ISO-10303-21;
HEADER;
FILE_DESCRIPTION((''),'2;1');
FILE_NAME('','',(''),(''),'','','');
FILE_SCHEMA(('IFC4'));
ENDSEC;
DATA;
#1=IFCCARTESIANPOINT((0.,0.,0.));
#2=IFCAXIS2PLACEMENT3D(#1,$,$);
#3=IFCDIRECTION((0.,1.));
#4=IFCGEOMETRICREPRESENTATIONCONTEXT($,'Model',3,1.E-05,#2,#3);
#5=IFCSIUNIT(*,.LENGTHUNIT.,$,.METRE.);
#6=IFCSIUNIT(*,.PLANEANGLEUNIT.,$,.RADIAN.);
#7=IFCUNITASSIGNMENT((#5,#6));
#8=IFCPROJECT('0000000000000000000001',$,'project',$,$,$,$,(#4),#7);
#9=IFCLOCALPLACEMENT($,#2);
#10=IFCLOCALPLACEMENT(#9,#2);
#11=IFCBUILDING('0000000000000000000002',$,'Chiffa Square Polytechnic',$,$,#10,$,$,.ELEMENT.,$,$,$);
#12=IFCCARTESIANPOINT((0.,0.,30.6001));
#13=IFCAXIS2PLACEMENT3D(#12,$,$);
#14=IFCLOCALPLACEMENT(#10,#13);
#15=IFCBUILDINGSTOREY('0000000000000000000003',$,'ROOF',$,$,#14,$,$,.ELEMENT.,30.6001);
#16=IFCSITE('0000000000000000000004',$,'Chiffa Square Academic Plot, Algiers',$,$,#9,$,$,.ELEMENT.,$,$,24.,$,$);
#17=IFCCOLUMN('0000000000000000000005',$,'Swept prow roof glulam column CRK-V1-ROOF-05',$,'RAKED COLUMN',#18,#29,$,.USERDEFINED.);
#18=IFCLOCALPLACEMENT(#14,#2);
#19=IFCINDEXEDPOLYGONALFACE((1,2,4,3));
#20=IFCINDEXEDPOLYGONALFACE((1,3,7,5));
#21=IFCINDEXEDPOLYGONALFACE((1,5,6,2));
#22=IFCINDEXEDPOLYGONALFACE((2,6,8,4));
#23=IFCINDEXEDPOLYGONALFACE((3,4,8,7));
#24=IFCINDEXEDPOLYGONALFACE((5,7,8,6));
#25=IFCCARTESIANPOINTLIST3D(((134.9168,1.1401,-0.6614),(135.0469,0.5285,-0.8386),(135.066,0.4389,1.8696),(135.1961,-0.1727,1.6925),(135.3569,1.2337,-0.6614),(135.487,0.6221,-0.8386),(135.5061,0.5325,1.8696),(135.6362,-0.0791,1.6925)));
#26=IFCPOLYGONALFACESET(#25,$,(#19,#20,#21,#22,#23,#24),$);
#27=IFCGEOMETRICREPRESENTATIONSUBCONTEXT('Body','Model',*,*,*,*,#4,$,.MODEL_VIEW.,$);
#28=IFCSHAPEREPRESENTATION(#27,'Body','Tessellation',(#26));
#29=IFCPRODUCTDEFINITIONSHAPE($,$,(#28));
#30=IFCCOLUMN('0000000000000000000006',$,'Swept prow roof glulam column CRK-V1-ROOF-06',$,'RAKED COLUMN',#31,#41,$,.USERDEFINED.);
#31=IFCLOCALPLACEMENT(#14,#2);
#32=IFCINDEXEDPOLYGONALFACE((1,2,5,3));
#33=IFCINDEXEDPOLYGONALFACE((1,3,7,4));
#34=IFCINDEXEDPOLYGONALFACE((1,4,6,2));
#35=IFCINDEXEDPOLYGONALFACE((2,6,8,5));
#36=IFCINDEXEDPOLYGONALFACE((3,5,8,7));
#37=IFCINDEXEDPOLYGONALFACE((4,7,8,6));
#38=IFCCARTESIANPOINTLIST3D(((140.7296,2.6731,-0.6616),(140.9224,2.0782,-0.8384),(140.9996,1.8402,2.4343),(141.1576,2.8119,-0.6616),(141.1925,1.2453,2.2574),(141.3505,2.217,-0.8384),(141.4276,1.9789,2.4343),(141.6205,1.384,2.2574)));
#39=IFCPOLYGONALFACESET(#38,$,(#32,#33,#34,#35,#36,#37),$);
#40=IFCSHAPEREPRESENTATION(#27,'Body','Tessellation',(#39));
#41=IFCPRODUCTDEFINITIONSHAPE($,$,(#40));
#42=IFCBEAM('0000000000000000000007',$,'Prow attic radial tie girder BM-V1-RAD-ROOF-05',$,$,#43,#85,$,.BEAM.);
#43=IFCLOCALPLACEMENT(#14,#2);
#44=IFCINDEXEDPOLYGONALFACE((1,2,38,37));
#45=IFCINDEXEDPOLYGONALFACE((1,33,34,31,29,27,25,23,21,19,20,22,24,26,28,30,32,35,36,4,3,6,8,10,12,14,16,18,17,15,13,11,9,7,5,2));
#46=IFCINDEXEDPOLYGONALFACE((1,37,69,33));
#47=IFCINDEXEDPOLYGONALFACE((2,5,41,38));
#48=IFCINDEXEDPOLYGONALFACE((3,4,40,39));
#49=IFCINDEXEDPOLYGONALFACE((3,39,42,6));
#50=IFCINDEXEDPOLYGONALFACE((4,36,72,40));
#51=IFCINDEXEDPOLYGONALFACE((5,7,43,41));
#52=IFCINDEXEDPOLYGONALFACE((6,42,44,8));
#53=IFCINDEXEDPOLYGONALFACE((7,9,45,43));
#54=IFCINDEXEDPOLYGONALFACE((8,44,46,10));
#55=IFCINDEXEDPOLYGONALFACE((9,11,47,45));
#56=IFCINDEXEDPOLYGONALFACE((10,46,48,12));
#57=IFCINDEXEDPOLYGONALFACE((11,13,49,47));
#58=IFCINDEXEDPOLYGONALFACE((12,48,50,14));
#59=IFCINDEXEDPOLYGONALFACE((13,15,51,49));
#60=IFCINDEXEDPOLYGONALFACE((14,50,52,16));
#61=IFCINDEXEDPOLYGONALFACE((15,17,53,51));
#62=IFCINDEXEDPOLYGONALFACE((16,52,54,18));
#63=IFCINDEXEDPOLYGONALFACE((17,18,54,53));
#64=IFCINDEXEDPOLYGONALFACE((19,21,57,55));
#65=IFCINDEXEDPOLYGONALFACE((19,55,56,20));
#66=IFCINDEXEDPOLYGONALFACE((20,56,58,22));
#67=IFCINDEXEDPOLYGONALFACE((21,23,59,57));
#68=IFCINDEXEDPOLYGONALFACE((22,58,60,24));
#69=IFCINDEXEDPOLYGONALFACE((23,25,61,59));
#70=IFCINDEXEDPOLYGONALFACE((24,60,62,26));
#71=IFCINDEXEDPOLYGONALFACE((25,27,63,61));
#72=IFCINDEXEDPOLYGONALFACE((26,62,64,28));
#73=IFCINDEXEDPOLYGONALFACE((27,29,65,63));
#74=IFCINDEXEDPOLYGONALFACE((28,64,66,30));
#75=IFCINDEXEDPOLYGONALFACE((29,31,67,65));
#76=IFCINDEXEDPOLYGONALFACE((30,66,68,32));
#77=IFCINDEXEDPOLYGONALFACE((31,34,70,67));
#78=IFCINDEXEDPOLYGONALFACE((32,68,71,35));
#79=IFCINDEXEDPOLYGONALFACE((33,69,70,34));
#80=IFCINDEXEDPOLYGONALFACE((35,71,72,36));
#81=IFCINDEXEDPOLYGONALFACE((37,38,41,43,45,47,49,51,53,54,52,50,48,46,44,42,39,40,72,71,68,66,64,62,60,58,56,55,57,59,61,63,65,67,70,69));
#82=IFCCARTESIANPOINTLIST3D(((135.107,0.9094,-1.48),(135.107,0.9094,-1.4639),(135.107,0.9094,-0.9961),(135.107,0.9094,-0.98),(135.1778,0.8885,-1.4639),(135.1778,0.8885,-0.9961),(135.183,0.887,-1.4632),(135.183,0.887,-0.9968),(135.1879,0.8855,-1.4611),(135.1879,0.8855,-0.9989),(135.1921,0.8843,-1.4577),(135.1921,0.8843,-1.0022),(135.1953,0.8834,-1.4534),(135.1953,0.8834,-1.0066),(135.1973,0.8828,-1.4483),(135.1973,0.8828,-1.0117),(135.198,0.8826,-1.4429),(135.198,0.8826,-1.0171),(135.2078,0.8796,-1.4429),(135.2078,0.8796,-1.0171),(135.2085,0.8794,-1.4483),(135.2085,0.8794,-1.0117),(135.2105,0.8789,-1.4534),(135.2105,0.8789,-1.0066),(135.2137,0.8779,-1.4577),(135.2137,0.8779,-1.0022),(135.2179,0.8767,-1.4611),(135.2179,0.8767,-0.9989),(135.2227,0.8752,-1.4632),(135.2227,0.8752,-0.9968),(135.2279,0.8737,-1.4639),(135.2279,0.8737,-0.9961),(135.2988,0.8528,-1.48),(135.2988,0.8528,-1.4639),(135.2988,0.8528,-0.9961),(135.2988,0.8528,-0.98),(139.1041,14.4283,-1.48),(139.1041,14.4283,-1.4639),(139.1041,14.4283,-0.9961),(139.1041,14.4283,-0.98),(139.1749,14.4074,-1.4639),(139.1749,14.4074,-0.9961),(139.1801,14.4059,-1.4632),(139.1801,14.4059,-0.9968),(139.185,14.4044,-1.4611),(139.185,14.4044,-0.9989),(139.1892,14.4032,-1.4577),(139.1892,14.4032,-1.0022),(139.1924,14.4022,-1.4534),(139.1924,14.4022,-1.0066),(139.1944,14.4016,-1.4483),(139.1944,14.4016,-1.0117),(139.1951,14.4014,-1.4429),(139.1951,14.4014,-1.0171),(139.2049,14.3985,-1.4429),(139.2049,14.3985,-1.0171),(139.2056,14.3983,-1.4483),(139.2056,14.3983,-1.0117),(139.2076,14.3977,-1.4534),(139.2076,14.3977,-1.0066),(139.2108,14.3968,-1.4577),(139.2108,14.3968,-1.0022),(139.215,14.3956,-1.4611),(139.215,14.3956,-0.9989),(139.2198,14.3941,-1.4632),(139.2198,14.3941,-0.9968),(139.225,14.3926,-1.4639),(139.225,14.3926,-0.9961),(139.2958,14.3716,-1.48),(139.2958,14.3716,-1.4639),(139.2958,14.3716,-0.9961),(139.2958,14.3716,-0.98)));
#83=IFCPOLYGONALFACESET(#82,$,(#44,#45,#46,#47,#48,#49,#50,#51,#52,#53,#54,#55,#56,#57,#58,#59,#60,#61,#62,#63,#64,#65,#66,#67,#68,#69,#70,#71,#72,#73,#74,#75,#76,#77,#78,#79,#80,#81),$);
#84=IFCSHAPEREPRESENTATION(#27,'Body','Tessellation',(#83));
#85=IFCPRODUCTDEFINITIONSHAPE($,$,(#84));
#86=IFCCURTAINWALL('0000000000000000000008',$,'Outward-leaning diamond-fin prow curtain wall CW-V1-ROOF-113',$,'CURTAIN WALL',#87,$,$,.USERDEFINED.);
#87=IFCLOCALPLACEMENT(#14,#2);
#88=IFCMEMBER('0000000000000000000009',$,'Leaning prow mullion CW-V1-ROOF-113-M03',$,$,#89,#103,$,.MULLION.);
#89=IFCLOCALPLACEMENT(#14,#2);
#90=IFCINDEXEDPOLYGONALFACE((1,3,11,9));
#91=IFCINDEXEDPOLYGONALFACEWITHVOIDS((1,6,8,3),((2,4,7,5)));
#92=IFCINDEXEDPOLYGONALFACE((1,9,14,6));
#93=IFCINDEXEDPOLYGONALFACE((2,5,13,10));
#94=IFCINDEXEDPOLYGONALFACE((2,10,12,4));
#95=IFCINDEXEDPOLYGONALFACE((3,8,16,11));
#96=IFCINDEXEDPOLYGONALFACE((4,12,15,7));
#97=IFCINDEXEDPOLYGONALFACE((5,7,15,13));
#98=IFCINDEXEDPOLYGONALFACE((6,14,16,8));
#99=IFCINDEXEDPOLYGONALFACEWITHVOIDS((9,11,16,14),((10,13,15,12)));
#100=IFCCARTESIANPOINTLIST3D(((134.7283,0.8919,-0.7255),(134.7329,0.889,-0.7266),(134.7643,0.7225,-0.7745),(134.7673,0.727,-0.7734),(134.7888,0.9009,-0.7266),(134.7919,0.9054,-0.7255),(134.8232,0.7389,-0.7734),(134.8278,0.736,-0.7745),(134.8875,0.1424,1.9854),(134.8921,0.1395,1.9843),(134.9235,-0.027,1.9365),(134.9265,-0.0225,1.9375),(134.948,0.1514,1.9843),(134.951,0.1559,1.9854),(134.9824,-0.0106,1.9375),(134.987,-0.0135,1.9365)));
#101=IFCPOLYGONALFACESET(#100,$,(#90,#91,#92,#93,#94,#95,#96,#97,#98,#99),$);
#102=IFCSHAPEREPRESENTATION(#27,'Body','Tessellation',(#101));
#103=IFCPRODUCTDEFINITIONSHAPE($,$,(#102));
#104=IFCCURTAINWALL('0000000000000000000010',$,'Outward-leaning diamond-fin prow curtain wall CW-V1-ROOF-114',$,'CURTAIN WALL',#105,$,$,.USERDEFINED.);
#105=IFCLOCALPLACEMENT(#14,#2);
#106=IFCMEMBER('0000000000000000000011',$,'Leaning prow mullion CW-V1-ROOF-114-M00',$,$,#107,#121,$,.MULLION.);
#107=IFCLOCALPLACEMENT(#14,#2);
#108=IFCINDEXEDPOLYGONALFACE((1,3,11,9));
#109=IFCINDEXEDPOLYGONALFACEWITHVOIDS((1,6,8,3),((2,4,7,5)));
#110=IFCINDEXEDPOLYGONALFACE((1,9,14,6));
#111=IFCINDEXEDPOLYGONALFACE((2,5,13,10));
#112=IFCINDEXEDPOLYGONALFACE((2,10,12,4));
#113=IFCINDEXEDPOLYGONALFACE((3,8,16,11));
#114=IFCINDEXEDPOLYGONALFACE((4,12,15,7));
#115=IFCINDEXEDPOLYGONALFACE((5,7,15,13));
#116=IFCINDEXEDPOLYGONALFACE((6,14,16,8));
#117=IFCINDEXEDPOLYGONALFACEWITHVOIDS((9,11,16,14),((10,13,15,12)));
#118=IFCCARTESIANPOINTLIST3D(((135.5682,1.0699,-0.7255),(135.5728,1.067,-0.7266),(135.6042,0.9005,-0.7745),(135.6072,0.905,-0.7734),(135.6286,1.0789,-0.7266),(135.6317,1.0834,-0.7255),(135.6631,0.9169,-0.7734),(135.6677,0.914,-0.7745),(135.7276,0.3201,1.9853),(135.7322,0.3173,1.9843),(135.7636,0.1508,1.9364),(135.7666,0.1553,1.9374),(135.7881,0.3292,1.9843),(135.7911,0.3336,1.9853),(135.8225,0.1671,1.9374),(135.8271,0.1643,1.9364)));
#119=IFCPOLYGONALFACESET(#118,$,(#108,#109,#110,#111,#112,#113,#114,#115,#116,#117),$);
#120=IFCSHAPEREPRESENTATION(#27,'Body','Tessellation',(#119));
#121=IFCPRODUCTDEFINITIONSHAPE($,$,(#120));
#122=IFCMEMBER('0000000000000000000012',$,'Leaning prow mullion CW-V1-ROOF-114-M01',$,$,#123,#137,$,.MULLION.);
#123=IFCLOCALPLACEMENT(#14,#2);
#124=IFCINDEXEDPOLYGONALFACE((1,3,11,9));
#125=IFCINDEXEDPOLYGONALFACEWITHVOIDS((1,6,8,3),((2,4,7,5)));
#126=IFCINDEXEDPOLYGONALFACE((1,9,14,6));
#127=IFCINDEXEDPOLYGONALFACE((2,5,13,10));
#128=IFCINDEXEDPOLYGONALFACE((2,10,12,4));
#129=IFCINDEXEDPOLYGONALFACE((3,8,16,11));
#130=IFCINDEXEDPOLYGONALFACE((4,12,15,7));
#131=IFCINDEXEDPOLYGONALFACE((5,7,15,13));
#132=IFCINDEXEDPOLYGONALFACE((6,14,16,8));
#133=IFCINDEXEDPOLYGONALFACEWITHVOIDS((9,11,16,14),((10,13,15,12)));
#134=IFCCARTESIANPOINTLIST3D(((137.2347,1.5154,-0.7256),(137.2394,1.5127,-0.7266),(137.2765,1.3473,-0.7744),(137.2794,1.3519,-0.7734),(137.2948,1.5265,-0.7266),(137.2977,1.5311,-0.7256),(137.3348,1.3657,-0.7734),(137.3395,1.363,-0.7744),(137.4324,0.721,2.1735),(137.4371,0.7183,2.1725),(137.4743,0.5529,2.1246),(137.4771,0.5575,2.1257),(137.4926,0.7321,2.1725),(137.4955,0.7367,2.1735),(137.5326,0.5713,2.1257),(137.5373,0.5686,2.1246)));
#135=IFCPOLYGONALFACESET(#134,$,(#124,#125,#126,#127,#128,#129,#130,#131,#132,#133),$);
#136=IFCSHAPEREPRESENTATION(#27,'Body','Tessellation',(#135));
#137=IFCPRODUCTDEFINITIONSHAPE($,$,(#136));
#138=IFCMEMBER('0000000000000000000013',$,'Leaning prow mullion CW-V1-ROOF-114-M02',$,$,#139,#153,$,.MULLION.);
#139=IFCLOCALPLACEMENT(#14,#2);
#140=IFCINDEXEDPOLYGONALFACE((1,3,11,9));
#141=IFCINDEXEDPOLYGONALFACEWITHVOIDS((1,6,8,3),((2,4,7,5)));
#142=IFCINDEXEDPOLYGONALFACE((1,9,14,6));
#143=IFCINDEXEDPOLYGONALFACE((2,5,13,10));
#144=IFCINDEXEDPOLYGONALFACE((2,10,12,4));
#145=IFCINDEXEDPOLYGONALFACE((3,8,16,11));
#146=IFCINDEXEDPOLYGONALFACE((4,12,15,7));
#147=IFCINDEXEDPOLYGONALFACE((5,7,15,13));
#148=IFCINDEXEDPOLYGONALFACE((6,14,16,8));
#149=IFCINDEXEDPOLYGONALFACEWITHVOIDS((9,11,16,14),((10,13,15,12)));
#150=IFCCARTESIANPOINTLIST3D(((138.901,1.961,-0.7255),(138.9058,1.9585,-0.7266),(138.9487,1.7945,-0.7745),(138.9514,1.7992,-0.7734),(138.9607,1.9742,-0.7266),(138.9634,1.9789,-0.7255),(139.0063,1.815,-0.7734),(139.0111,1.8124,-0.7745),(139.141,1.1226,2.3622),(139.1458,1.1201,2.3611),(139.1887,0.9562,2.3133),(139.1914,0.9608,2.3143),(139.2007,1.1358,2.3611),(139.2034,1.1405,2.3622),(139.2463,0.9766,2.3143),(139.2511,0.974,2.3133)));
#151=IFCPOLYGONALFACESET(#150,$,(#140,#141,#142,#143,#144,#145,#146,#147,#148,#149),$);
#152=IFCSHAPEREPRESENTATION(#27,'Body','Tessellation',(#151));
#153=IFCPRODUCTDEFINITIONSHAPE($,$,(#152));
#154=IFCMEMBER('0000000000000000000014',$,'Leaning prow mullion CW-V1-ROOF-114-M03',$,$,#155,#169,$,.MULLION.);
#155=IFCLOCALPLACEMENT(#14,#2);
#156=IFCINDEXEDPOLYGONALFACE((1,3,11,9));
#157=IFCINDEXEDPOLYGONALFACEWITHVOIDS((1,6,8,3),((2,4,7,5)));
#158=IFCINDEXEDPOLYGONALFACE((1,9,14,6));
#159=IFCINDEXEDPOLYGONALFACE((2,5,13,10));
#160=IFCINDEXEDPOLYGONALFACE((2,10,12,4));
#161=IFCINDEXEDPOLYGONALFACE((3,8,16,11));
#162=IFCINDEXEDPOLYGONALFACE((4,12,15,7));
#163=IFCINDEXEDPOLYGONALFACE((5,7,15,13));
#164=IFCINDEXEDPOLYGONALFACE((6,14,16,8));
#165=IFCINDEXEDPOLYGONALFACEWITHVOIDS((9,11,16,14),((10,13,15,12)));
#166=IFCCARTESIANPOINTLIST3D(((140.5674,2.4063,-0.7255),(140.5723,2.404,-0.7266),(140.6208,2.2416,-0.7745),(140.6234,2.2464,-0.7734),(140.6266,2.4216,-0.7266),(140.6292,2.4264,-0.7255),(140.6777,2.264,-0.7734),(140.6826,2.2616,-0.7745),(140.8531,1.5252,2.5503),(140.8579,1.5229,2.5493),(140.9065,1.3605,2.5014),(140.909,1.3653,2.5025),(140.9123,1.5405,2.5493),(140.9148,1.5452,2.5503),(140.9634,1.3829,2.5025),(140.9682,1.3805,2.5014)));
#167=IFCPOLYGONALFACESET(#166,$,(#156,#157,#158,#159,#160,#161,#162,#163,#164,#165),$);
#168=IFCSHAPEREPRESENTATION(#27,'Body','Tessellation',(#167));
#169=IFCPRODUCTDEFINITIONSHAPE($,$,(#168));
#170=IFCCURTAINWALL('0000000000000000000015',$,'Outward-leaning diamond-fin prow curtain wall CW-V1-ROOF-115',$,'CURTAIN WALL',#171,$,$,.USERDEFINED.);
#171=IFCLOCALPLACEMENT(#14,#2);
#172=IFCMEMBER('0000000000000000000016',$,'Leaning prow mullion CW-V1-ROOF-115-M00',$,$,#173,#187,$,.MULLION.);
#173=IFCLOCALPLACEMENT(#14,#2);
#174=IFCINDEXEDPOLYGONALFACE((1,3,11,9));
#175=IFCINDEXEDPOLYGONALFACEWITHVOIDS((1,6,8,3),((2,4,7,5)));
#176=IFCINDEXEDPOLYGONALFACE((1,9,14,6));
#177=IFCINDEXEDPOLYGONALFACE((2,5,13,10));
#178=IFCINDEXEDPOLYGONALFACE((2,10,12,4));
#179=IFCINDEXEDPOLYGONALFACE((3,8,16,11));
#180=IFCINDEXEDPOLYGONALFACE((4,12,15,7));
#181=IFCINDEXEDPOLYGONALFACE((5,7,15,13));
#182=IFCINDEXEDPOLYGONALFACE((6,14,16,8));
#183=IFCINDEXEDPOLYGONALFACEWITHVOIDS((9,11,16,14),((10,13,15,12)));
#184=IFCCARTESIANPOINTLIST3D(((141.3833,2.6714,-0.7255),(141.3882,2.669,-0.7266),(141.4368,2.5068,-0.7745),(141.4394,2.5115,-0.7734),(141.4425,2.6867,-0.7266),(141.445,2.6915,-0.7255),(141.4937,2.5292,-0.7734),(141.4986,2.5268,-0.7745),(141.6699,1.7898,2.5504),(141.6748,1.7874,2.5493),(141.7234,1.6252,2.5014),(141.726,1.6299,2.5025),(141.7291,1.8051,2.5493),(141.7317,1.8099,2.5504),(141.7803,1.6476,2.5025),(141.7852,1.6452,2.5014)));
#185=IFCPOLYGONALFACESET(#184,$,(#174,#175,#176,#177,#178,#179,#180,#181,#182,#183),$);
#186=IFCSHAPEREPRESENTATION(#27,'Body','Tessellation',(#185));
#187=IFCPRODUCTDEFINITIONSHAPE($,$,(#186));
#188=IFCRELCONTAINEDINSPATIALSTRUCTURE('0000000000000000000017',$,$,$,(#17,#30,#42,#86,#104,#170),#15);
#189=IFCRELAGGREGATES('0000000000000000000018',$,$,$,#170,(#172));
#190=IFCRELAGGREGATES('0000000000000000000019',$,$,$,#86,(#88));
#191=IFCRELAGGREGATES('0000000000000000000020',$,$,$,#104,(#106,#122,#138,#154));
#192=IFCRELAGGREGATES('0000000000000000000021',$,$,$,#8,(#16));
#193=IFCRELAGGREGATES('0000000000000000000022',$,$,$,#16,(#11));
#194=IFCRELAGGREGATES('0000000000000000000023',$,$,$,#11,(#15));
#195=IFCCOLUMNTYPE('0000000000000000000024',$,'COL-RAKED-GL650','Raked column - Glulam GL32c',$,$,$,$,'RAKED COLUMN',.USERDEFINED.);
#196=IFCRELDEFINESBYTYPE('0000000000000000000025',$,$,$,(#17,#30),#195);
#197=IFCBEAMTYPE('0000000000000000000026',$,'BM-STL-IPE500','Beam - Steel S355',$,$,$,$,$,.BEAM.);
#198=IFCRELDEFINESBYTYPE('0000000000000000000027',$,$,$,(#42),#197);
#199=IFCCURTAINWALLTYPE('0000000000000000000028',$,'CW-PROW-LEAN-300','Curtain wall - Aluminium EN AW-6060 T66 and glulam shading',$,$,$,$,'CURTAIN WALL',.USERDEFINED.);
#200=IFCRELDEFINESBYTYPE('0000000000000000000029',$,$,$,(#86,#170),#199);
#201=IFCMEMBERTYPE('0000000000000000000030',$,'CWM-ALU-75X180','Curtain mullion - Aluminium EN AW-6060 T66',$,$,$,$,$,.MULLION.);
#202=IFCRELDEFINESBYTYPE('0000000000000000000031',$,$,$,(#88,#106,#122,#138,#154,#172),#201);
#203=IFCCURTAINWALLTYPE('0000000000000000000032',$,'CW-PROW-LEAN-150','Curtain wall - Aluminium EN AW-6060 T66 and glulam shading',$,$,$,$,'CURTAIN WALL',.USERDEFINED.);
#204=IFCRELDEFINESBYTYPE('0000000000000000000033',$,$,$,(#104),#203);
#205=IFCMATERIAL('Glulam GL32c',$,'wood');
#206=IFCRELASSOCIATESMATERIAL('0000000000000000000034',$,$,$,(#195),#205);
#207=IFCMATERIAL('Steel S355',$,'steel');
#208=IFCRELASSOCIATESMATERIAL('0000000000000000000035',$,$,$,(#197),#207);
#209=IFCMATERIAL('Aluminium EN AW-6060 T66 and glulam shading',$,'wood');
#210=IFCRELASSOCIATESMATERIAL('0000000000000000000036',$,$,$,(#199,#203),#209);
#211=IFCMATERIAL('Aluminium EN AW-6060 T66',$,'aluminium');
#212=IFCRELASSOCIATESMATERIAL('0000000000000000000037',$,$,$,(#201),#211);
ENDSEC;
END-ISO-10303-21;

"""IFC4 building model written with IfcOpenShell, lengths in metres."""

from ifc_helpers import new_model, si_unit, direction, frame, origin, origin_2d, place, context, subcontext, project, spatial, rectangle, hollow_rectangle, i_section, extrude, material, material_profile, profile_set, type_object, element, aggregate, save


model = new_model("IFC4")

# Units and contexts
model_context = context("Model", 3, precision=1e-05, world=origin(), true_north=direction((0.0, 1.0)))
body_context = subcontext(model_context, "Body", "Model", "MODEL_VIEW")
ifc_project = project(units=[si_unit("LENGTHUNIT", "METRE"), si_unit("PLANEANGLEUNIT", "RADIAN")], contexts=[model_context])

# Site, building, storey
site_placement = place(None, origin())
site = spatial("IfcSite", under=ifc_project, at=site_placement, Name="Chiffa Square Academic Plot, Algiers", CompositionType="ELEMENT", RefElevation=24.0)
building_placement = place(site_placement, origin())
building = spatial("IfcBuilding", under=site, at=building_placement, Name="Chiffa Square Polytechnic", CompositionType="ELEMENT")
storey_placement = place(building_placement, frame((0.0, 0.0, 30.6001)))
storey = spatial("IfcBuildingStorey", under=building, at=storey_placement, Name="ROOF", CompositionType="ELEMENT", Elevation=30.6001)

# Columns
ifc_material_1 = material(Name="Glulam GL32c", Category="wood")
ifc_material_profile_1 = material_profile(ifc_material_1, rectangle(XDim=0.45, YDim=0.6499, at=origin_2d()), Name="GL32c 450x650")
ifc_profile_set_1 = profile_set([ifc_material_profile_1], Name="Glulam GL32c")
column_type = type_object("IfcColumnType", Name="COL-RAKED-GL650", Description="Raked column - Glulam GL32c", ElementType="RAKED COLUMN", PredefinedType="USERDEFINED", material=ifc_profile_set_1)
column_1_placement = place(storey_placement, frame((135.2019, 0.8811, -0.75), z_axis=(0.056706, -0.266548, 0.962152), x_axis=(0.97811, 0.208087, 0.0)))
element("IfcColumn", 1, at=column_1_placement, inside=storey, type_object=column_type, Name="Swept prow roof glulam column CRK-V1-ROOF-05", ObjectType="RAKED COLUMN", PredefinedType="USERDEFINED", context=body_context, shape_type="SweptSolid", body=[
    extrude(rectangle(XDim=0.45, YDim=0.6499, at=origin_2d()), origin(), (0.0, 0.0, 1.0), 2.6306),
])
column_2_placement = place(storey_placement, frame((141.04, 2.4451, -0.75), z_axis=(0.083925, -0.258907, 0.962249), x_axis=(0.951271, 0.308355, 0.0)))
element("IfcColumn", 2, at=column_2_placement, inside=storey, type_object=column_type, Name="Swept prow roof glulam column CRK-V1-ROOF-06", ObjectType="RAKED COLUMN", PredefinedType="USERDEFINED", context=body_context, shape_type="SweptSolid", body=[
    extrude(rectangle(XDim=0.45, YDim=0.6499, at=origin_2d()), origin(), (0.0, 0.0, 1.0), 3.2173),
])

# Beam
ifc_material_2 = material(Name="Steel S355", Category="steel")
ifc_material_profile_2 = material_profile(ifc_material_2, i_section(OverallWidth=0.2, OverallDepth=0.5, WebThickness=0.0103, FlangeThickness=0.0161, FilletRadius=0.021, at=origin_2d()), Name="IPE 500")
ifc_profile_set_2 = profile_set([ifc_material_profile_2], Name="Steel S355")
beam_type_1 = type_object("IfcBeamType", Name="BM-STL-IPE500", Description="Beam - Steel S355", PredefinedType="BEAM", material=ifc_profile_set_2)
beam_1_placement = place(storey_placement, frame((135.2029, 0.8811, -1.23), z_axis=(0.283534, 0.958962, 0.0), x_axis=(-0.958962, 0.283534, 0.0)))
element("IfcBeam", 3, at=beam_1_placement, inside=storey, type_object=beam_type_1, Name="Prow attic radial tie girder BM-V1-RAD-ROOF-05", PredefinedType="BEAM", context=body_context, shape_type="SweptSolid", body=[
    extrude(i_section(OverallWidth=0.2, OverallDepth=0.5, WebThickness=0.0103, FlangeThickness=0.0161, FilletRadius=0.021, at=origin_2d()), origin(), (0.0, 0.0, 1.0), 14.0974),
])

# Curtain wall, member
ifc_material_3 = material(Name="Aluminium EN AW-6060 T66 and glulam shading", Category="wood")
curtain_wall_type_1 = type_object("IfcCurtainWallType", Name="CW-PROW-LEAN-300", Description="Curtain wall - Aluminium EN AW-6060 T66 and glulam shading", ElementType="CURTAIN WALL", PredefinedType="USERDEFINED", material=ifc_material_3)
curtain_wall_1_placement = place(storey_placement, origin())
curtain_wall_1 = element("IfcCurtainWall", 4, at=curtain_wall_1_placement, inside=storey, type_object=curtain_wall_type_1, Name="Outward-leaning diamond-fin prow curtain wall CW-V1-ROOF-113", ObjectType="CURTAIN WALL", PredefinedType="USERDEFINED")
ifc_material_4 = material(Name="Aluminium EN AW-6060 T66", Category="aluminium")
ifc_material_profile_3 = material_profile(ifc_material_4, hollow_rectangle(XDim=0.0649, YDim=0.1799, WallThickness=0.0039, at=origin_2d()), Name="ALU 65x180x4")
ifc_profile_set_3 = profile_set([ifc_material_profile_3], Name="Aluminium EN AW-6060 T66")
member_type_1 = type_object("IfcMemberType", Name="CWM-ALU-75X180", Description="Curtain mullion - Aluminium EN AW-6060 T66", PredefinedType="MULLION", material=ifc_profile_set_3)
member_1_placement = place(storey_placement, frame((134.7781, 0.814, -0.75), z_axis=(0.056504, -0.266054, 0.962301), x_axis=(0.978183, 0.207744, 0.0)))
member_1 = element("IfcMember", 5, at=member_1_placement, type_object=member_type_1, Name="Leaning prow mullion CW-V1-ROOF-113-M03", PredefinedType="MULLION", context=body_context, shape_type="SweptSolid", body=[
    extrude(hollow_rectangle(XDim=0.0649, YDim=0.1799, WallThickness=0.0039, at=origin_2d()), origin(), (0.0, 0.0, 1.0), 2.8171),
])

# Curtain wall, members
curtain_wall_type_2 = type_object("IfcCurtainWallType", Name="CW-PROW-LEAN-150", Description="Curtain wall - Aluminium EN AW-6060 T66 and glulam shading", ElementType="CURTAIN WALL", PredefinedType="USERDEFINED", material=ifc_material_3)
curtain_wall_2_placement = place(storey_placement, origin())
curtain_wall_2 = element("IfcCurtainWall", 6, at=curtain_wall_2_placement, inside=storey, type_object=curtain_wall_type_2, Name="Outward-leaning diamond-fin prow curtain wall CW-V1-ROOF-114", ObjectType="CURTAIN WALL", PredefinedType="USERDEFINED")
member_2_placement = place(storey_placement, frame((135.6179, 0.9919, -0.75), z_axis=(0.056589, -0.266133, 0.962274), x_axis=(0.978132, 0.207984, 0.0)))
member_2 = element("IfcMember", 7, at=member_2_placement, type_object=member_type_1, Name="Leaning prow mullion CW-V1-ROOF-114-M00", PredefinedType="MULLION", context=body_context, shape_type="SweptSolid", body=[
    extrude(hollow_rectangle(XDim=0.0649, YDim=0.1799, WallThickness=0.0039, at=origin_2d()), origin(), (0.0, 0.0, 1.0), 2.8171),
])
member_3_placement = place(storey_placement, frame((137.2871, 1.4392, -0.75), z_axis=(0.065644, -0.263709, 0.962366), x_axis=(0.970388, 0.241553, 0.0)))
member_3 = element("IfcMember", 8, at=member_3_placement, type_object=member_type_1, Name="Leaning prow mullion CW-V1-ROOF-114-M01", PredefinedType="MULLION", context=body_context, shape_type="SweptSolid", body=[
    extrude(hollow_rectangle(XDim=0.0649, YDim=0.1799, WallThickness=0.0039, at=origin_2d()), origin(), (0.0, 0.0, 1.0), 3.0125),
])
member_4_placement = place(storey_placement, frame((138.9561, 1.8867, -0.75), z_axis=(0.0748, -0.261305, 0.962354), x_axis=(0.961386, 0.275202, 0.0)))
member_4 = element("IfcMember", 9, at=member_4_placement, type_object=member_type_1, Name="Leaning prow mullion CW-V1-ROOF-114-M02", PredefinedType="MULLION", context=body_context, shape_type="SweptSolid", body=[
    extrude(hollow_rectangle(XDim=0.0649, YDim=0.1799, WallThickness=0.0039, at=origin_2d()), origin(), (0.0, 0.0, 1.0), 3.2085),
])
member_5_placement = place(storey_placement, frame((140.625, 2.334, -0.75), z_axis=(0.083907, -0.25882, 0.962274), x_axis=(0.95126, 0.308389, 0.0)))
member_5 = element("IfcMember", 10, at=member_5_placement, type_object=member_type_1, Name="Leaning prow mullion CW-V1-ROOF-114-M03", PredefinedType="MULLION", context=body_context, shape_type="SweptSolid", body=[
    extrude(hollow_rectangle(XDim=0.0649, YDim=0.1799, WallThickness=0.0039, at=origin_2d()), origin(), (0.0, 0.0, 1.0), 3.4043),
])

# Curtain wall, member
curtain_wall_3_placement = place(storey_placement, origin())
curtain_wall_3 = element("IfcCurtainWall", 11, at=curtain_wall_3_placement, inside=storey, type_object=curtain_wall_type_1, Name="Outward-leaning diamond-fin prow curtain wall CW-V1-ROOF-115", ObjectType="CURTAIN WALL", PredefinedType="USERDEFINED")
member_6_placement = place(storey_placement, frame((141.4409, 2.5991, -0.75), z_axis=(0.084188, -0.258948, 0.962215), x_axis=(0.951001, 0.309187, 0.0)))
member_6 = element("IfcMember", 12, at=member_6_placement, type_object=member_type_1, Name="Leaning prow mullion CW-V1-ROOF-115-M00", PredefinedType="MULLION", context=body_context, shape_type="SweptSolid", body=[
    extrude(hollow_rectangle(XDim=0.0649, YDim=0.1799, WallThickness=0.0039, at=origin_2d()), origin(), (0.0, 0.0, 1.0), 3.4045),
])
aggregate(curtain_wall_3, [member_6])

aggregate(curtain_wall_1, [member_1])

aggregate(curtain_wall_2, [member_2, member_3, member_4, member_5])

save(model, "model.ifc")
